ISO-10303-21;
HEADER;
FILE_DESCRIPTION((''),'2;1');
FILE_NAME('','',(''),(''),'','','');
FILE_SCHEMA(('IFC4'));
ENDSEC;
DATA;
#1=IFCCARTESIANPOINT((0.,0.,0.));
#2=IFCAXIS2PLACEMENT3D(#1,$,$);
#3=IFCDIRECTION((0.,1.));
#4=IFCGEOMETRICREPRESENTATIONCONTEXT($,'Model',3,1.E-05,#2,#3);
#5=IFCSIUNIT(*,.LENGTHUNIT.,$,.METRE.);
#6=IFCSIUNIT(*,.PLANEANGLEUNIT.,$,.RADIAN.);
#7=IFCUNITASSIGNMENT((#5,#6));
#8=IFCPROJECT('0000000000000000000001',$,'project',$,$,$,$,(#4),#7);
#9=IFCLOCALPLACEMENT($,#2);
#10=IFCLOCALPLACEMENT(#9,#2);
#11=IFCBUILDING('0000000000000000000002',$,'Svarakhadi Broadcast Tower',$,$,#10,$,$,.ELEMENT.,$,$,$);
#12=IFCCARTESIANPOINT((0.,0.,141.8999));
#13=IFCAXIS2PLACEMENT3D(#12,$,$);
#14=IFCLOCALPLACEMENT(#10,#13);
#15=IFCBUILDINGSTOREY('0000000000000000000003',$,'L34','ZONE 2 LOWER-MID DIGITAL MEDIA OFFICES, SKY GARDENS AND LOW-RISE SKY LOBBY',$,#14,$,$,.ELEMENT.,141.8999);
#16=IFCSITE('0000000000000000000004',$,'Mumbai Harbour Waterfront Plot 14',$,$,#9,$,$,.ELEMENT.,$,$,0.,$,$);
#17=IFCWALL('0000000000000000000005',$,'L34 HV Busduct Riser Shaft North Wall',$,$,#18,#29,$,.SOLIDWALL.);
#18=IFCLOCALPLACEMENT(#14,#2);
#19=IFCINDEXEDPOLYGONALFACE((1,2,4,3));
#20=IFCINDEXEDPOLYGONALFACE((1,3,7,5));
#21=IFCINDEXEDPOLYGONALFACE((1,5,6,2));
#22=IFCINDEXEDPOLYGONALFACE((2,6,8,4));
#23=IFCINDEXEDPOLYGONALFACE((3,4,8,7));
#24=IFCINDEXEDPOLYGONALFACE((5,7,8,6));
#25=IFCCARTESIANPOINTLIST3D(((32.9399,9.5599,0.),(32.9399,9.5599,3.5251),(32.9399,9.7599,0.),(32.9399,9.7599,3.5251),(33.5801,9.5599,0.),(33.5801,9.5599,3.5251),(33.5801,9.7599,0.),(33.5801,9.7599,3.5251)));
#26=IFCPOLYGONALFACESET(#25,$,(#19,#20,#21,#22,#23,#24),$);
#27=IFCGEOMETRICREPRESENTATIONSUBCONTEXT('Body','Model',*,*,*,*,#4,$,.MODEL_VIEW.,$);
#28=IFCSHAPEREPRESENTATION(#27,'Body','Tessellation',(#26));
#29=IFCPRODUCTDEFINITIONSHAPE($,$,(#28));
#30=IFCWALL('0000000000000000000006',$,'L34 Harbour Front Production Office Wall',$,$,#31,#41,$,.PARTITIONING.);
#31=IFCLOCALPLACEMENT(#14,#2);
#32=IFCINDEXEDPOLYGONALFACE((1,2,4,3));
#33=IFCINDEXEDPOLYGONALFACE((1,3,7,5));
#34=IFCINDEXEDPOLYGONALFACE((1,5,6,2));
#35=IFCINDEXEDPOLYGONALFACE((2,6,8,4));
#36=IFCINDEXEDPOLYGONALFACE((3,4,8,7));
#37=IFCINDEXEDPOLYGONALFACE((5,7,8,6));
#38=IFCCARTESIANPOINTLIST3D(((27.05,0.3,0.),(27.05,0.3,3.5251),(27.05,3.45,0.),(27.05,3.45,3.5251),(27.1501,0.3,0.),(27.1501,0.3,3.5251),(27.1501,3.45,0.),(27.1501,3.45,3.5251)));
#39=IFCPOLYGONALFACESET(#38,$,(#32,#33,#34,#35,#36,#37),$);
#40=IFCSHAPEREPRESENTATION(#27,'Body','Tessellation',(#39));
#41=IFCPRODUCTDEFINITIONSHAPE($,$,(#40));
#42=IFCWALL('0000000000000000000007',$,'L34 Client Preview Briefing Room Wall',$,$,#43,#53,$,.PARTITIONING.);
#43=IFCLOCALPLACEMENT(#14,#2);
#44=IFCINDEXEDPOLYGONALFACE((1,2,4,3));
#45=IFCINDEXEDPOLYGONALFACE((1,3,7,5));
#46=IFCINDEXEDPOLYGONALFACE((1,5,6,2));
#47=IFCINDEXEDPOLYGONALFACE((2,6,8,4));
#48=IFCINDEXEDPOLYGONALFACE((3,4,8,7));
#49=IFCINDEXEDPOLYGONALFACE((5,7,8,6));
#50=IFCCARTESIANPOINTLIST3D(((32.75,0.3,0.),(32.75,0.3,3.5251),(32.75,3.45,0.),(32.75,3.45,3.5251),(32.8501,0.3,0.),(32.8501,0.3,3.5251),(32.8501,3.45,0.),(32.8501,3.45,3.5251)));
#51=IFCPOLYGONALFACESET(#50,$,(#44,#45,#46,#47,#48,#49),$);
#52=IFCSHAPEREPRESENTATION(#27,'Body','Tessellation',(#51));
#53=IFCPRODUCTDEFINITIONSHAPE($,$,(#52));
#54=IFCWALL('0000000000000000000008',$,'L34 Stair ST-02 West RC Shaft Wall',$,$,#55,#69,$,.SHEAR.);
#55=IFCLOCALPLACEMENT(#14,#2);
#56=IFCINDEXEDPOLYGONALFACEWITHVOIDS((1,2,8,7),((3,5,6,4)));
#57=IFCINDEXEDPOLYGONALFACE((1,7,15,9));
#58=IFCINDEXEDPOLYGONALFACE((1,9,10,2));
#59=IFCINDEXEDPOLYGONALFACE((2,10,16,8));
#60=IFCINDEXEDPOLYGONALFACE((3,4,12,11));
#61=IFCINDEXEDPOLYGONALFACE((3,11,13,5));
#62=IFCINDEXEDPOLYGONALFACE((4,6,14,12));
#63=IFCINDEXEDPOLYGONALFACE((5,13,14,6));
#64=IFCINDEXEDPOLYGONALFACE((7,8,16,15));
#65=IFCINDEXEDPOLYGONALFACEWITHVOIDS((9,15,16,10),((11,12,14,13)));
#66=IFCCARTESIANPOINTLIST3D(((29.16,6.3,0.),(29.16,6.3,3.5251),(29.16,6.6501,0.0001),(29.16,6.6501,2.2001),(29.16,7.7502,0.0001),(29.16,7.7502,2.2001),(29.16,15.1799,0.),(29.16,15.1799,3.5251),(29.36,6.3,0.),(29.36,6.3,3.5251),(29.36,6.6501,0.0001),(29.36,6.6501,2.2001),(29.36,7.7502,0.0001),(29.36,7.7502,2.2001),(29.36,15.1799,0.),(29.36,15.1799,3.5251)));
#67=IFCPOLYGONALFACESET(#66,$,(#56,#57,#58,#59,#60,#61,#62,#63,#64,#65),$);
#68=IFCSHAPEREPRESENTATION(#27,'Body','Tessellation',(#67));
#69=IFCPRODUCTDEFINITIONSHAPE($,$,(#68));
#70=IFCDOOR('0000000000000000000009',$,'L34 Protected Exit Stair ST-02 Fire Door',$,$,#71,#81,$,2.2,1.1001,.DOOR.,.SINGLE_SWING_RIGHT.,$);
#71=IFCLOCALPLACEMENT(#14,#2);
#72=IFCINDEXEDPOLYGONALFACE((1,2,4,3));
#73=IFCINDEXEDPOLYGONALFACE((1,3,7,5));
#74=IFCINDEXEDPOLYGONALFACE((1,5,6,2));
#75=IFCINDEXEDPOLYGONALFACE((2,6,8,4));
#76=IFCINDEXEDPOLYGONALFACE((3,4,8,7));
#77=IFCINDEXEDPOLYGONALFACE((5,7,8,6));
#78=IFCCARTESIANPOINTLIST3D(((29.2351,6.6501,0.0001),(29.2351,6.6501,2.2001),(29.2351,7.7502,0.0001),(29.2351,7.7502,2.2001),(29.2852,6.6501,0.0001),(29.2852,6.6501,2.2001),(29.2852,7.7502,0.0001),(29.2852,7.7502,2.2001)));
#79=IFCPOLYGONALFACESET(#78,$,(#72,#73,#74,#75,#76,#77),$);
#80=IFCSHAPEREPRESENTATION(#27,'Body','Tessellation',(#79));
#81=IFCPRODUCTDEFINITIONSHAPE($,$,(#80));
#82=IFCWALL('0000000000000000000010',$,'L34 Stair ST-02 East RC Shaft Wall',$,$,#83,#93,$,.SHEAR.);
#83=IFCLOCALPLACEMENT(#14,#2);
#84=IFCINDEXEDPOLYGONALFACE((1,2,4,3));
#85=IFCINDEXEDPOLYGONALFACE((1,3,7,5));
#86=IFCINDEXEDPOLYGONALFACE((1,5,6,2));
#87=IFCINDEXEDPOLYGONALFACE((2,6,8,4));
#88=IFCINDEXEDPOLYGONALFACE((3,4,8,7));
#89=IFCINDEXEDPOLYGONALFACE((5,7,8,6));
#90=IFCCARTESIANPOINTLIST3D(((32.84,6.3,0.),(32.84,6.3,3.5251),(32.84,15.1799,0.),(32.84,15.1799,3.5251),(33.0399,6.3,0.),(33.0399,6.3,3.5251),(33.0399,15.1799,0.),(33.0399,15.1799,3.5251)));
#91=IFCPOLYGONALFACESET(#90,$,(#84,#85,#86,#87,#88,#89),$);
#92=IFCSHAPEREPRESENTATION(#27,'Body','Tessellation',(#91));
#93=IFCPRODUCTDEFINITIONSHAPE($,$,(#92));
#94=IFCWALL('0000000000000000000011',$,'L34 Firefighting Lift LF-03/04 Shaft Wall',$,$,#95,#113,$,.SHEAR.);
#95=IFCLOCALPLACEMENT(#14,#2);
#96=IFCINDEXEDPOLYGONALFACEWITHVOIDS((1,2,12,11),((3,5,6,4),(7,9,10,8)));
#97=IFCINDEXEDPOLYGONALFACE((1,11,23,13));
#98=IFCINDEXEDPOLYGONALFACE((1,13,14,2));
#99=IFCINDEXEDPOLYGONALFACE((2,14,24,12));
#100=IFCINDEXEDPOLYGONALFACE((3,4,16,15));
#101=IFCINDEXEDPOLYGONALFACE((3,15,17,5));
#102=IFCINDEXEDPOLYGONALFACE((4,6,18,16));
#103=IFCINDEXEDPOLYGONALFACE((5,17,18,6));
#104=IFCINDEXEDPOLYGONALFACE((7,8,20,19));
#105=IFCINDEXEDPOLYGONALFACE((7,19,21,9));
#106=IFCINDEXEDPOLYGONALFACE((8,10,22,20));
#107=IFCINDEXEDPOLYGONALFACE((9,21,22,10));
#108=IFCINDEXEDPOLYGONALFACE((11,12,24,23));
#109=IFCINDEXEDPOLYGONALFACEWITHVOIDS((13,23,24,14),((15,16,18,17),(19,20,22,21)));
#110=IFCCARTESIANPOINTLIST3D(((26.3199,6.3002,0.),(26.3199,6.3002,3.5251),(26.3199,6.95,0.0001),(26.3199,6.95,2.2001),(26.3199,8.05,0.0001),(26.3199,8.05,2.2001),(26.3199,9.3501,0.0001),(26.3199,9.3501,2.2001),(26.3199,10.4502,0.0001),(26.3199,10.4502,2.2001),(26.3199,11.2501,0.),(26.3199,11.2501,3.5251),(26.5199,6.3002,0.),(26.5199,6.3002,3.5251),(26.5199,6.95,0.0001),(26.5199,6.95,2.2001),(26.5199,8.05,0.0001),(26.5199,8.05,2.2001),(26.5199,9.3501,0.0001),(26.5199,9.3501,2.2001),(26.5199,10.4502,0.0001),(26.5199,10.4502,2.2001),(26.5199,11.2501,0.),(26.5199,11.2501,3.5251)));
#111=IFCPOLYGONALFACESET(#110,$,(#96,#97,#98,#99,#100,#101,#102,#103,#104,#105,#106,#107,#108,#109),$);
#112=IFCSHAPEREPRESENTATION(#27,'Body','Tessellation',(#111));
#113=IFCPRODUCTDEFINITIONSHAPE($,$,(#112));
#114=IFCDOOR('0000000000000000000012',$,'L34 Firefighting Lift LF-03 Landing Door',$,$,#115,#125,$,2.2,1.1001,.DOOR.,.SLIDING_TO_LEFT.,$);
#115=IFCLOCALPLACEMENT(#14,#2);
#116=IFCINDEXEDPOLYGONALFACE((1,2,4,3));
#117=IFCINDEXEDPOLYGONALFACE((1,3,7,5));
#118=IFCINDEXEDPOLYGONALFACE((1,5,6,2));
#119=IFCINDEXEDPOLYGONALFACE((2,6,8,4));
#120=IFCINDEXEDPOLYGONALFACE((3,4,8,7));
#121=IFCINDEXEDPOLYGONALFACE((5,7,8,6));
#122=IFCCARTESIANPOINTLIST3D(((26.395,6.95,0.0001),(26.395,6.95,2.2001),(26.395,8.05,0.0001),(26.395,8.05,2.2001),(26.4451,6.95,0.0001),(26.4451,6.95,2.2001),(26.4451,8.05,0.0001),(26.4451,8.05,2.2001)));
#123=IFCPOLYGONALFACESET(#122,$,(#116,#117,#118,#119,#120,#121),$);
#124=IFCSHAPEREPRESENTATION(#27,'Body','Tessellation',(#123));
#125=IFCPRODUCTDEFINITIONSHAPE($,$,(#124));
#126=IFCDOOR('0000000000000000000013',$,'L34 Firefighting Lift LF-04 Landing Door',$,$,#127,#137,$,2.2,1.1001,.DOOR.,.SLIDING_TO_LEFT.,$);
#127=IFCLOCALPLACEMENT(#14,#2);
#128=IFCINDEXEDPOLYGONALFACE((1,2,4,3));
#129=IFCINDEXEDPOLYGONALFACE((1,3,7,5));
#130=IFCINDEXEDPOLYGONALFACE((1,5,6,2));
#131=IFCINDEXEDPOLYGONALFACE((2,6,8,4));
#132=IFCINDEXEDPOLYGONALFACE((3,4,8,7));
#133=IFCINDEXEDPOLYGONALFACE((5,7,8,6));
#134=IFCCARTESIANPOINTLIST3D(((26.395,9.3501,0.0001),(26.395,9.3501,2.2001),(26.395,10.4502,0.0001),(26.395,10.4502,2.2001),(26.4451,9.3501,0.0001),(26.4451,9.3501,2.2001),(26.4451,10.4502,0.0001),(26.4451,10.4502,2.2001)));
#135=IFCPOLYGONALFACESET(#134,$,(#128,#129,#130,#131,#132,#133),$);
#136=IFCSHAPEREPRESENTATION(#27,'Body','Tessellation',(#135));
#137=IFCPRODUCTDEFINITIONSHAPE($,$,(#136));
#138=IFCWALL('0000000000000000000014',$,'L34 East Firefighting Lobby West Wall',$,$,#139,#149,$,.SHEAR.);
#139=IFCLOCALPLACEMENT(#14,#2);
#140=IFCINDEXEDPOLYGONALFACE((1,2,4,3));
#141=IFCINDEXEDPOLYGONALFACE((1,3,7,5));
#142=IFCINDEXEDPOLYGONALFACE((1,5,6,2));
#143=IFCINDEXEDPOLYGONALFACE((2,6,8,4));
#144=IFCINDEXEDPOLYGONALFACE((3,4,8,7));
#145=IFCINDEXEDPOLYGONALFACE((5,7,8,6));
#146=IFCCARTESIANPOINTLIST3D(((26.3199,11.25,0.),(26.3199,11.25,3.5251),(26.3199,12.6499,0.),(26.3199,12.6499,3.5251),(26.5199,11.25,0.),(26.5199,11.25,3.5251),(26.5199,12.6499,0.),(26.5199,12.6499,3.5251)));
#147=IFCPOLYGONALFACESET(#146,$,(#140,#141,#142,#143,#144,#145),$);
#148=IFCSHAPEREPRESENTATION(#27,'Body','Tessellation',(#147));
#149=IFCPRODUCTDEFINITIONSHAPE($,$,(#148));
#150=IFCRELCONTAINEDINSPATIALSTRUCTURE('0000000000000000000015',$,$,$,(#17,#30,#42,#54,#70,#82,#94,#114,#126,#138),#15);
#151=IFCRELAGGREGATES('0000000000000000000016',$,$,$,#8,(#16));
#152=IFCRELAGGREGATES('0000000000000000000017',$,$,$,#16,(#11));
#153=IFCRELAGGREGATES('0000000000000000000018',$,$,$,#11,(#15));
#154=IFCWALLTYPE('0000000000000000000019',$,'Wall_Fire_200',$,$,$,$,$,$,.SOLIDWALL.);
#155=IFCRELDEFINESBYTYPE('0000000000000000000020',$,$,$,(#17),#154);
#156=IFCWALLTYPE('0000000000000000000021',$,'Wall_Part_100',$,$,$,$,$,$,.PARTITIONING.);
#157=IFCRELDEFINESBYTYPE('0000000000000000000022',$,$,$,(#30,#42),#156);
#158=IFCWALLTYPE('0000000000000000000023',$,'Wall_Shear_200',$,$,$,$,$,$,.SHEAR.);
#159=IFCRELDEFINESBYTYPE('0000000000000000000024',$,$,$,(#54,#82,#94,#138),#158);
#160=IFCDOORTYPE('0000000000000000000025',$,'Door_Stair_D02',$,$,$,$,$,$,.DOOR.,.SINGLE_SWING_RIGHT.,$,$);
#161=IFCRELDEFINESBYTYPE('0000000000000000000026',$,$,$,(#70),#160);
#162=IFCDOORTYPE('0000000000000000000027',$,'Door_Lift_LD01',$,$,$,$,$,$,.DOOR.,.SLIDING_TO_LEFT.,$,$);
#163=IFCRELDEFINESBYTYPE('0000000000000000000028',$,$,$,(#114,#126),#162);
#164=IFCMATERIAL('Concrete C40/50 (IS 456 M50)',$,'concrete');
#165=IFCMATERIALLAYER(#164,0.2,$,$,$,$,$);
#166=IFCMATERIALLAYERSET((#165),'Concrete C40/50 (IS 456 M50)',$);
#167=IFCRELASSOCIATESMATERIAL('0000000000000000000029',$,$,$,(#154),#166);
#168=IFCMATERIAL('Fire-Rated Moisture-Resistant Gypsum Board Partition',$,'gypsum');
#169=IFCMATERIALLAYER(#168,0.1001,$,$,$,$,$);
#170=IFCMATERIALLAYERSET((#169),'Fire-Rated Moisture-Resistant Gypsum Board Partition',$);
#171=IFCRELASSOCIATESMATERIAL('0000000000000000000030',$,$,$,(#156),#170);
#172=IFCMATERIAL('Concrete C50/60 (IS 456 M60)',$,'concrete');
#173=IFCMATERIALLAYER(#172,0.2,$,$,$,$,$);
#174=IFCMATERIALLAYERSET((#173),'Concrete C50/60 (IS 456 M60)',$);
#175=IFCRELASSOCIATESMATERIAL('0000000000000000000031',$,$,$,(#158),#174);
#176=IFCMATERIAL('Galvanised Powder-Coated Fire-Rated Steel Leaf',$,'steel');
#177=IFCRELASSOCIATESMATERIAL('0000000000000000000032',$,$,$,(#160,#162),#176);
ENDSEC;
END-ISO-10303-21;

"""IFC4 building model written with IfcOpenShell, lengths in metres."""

from ifc_helpers import new_model, si_unit, direction, frame, frame_2d, origin, place, context, subcontext, project, spatial, rectangle, extrude, material, layer, layer_set, type_object, element, fill, save


model = new_model("IFC4")

# Units and contexts
model_context = context("Model", 3, precision=1e-05, world=origin(), true_north=direction((0.0, 1.0)))
body_context = subcontext(model_context, "Body", "Model", "MODEL_VIEW")
ifc_project = project(units=[si_unit("LENGTHUNIT", "METRE"), si_unit("PLANEANGLEUNIT", "RADIAN")], contexts=[model_context])

# Site, building, storey
site_placement = place(None, origin())
site = spatial("IfcSite", under=ifc_project, at=site_placement, Name="Mumbai Harbour Waterfront Plot 14", CompositionType="ELEMENT", RefElevation=0.0)
building_placement = place(site_placement, origin())
building = spatial("IfcBuilding", under=site, at=building_placement, Name="Svarakhadi Broadcast Tower", CompositionType="ELEMENT")
storey_placement = place(building_placement, frame((0.0, 0.0, 141.8999)))
storey = spatial("IfcBuildingStorey", under=building, at=storey_placement, Name="L34", Description="ZONE 2 LOWER-MID DIGITAL MEDIA OFFICES, SKY GARDENS AND LOW-RISE SKY LOBBY", CompositionType="ELEMENT", Elevation=141.8999)

# Shared definitions
ifc_material_1 = material(Name="Concrete C50/60 (IS 456 M60)", Category="concrete")

# Walls
ifc_material_2 = material(Name="Concrete C40/50 (IS 456 M50)", Category="concrete")
ifc_layer_1 = layer(ifc_material_2, 0.2)
ifc_layer_set_1 = layer_set([ifc_layer_1], Name="Concrete C40/50 (IS 456 M50)")
wall_type_1 = type_object("IfcWallType", Name="Wall_Fire_200", PredefinedType="SOLIDWALL", material=ifc_layer_set_1)
wall_1_placement = place(storey_placement, frame((32.9399, 9.6599, 0.0), z_axis=(0.0, 0.0, 1.0), x_axis=(1.0, 0.0, 0.0)))
element("IfcWall", 1, at=wall_1_placement, inside=storey, type_object=wall_type_1, Name="L34 HV Busduct Riser Shaft North Wall", PredefinedType="SOLIDWALL", context=body_context, shape_type="SweptSolid", body=[
    extrude(rectangle(XDim=0.6401, YDim=0.2, at=frame_2d((0.3201, 0.0))), origin(), (0.0, 0.0, 1.0), 3.5251),
])
ifc_material_3 = material(Name="Fire-Rated Moisture-Resistant Gypsum Board Partition", Category="gypsum")
ifc_layer_2 = layer(ifc_material_3, 0.1001)
ifc_layer_set_2 = layer_set([ifc_layer_2], Name="Fire-Rated Moisture-Resistant Gypsum Board Partition")
wall_type_2 = type_object("IfcWallType", Name="Wall_Part_100", PredefinedType="PARTITIONING", material=ifc_layer_set_2)
for number, where, z_axis, x_axis, name in (
    (2, (27.1001, 0.3, 0.0), (0.0, 0.0, 1.0), (0.0, 1.0, 0.0), "L34 Harbour Front Production Office Wall"),
    (3, (32.8, 0.3, 0.0), (0.0, 0.0, 1.0), (0.0, 1.0, 0.0), "L34 Client Preview Briefing Room Wall"),
):
    element("IfcWall", number, at=place(storey_placement, frame(where, z_axis=z_axis, x_axis=x_axis)), inside=storey, type_object=wall_type_2, Name=name, PredefinedType="PARTITIONING", context=body_context, shape_type="SweptSolid", body=[
        extrude(rectangle(XDim=3.1499, YDim=0.1001, at=frame_2d((1.575, 0.0))), origin(), (0.0, 0.0, 1.0), 3.5251),
    ])

# Wall, opening, door
ifc_layer_3 = layer(ifc_material_1, 0.2)
ifc_layer_set_3 = layer_set([ifc_layer_3], Name="Concrete C50/60 (IS 456 M60)")
wall_type_3 = type_object("IfcWallType", Name="Wall_Shear_200", PredefinedType="SHEAR", material=ifc_layer_set_3)
wall_2_placement = place(storey_placement, frame((29.26, 6.3, 0.0), z_axis=(0.0, 0.0, 1.0), x_axis=(0.0, 1.0, 0.0)))
wall_2 = element("IfcWall", 4, at=wall_2_placement, inside=storey, type_object=wall_type_3, Name="L34 Stair ST-02 West RC Shaft Wall", PredefinedType="SHEAR", context=body_context, shape_type="SweptSolid", body=[
    extrude(rectangle(XDim=8.8799, YDim=0.2, at=frame_2d((4.4399, 0.0))), origin(), (0.0, 0.0, 1.0), 3.5251),
])
opening_1_placement = place(wall_2_placement, frame((0.3501, 0.0, 0.0)))
opening_1 = element("IfcOpeningElement", 5, at=opening_1_placement, cuts=wall_2, PredefinedType="OPENING", context=body_context, shape_type="SweptSolid", body=[
    extrude(rectangle(XDim=1.1001, YDim=2.2, at=frame_2d((0.55, 1.1001))), frame((0.0, 0.1099, 0.0), z_axis=(0.0, -1.0, 0.0), x_axis=(1.0, 0.0, 0.0)), (0.0, 0.0, 1.0), 0.22),
])
ifc_material_4 = material(Name="Galvanised Powder-Coated Fire-Rated Steel Leaf", Category="steel")
door_type_1 = type_object("IfcDoorType", Name="Door_Stair_D02", OperationType="SINGLE_SWING_RIGHT", PredefinedType="DOOR", material=ifc_material_4)
door_1_placement = place(opening_1_placement, origin())
door_1 = element("IfcDoor", 6, at=door_1_placement, inside=storey, type_object=door_type_1, Name="L34 Protected Exit Stair ST-02 Fire Door", OperationType="SINGLE_SWING_RIGHT", OverallHeight=2.2, OverallWidth=1.1001, PredefinedType="DOOR", context=body_context, shape_type="SweptSolid", body=[
    extrude(rectangle(XDim=1.1001, YDim=2.2, at=frame_2d((0.55, 1.1001))), frame((0.0, 0.0249, 0.0), z_axis=(0.0, -1.0, 0.0), x_axis=(1.0, 0.0, 0.0)), (0.0, 0.0, 1.0), 0.05),
])
fill(opening_1, door_1)

# Wall
wall_3_placement = place(storey_placement, frame((32.9399, 6.3, 0.0), z_axis=(0.0, 0.0, 1.0), x_axis=(0.0, 1.0, 0.0)))
element("IfcWall", 7, at=wall_3_placement, inside=storey, type_object=wall_type_3, Name="L34 Stair ST-02 East RC Shaft Wall", PredefinedType="SHEAR", context=body_context, shape_type="SweptSolid", body=[
    extrude(rectangle(XDim=8.8799, YDim=0.2, at=frame_2d((4.4399, 0.0))), origin(), (0.0, 0.0, 1.0), 3.5251),
])

# Wall, openings, doors
wall_4_placement = place(storey_placement, frame((26.4199, 6.3, 0.0), z_axis=(0.0, 0.0, 1.0), x_axis=(0.0, 1.0, 0.0)))
wall_4 = element("IfcWall", 8, at=wall_4_placement, inside=storey, type_object=wall_type_3, Name="L34 Firefighting Lift LF-03/04 Shaft Wall", PredefinedType="SHEAR", context=body_context, shape_type="SweptSolid", body=[
    extrude(rectangle(XDim=4.95, YDim=0.2, at=frame_2d((2.4751, 0.0))), origin(), (0.0, 0.0, 1.0), 3.5251),
])
opening_2_placement = place(wall_4_placement, frame((0.6499, 0.0, 0.0)))
opening_2 = element("IfcOpeningElement", 9, at=opening_2_placement, cuts=wall_4, PredefinedType="OPENING", context=body_context, shape_type="SweptSolid", body=[
    extrude(rectangle(XDim=1.1001, YDim=2.2, at=frame_2d((0.55, 1.1001))), frame((0.0, 0.1099, 0.0), z_axis=(0.0, -1.0, 0.0), x_axis=(1.0, 0.0, 0.0)), (0.0, 0.0, 1.0), 0.22),
])
opening_3_placement = place(wall_4_placement, frame((3.05, 0.0, 0.0)))
opening_3 = element("IfcOpeningElement", 10, at=opening_3_placement, cuts=wall_4, PredefinedType="OPENING", context=body_context, shape_type="SweptSolid", body=[
    extrude(rectangle(XDim=1.1001, YDim=2.2, at=frame_2d((0.55, 1.1001))), frame((0.0, 0.1099, 0.0), z_axis=(0.0, -1.0, 0.0), x_axis=(1.0, 0.0, 0.0)), (0.0, 0.0, 1.0), 0.22),
])
door_type_2 = type_object("IfcDoorType", Name="Door_Lift_LD01", OperationType="SLIDING_TO_LEFT", PredefinedType="DOOR", material=ifc_material_4)
door_2_placement = place(opening_2_placement, origin())
door_2 = element("IfcDoor", 11, at=door_2_placement, inside=storey, type_object=door_type_2, Name="L34 Firefighting Lift LF-03 Landing Door", OperationType="SLIDING_TO_LEFT", OverallHeight=2.2, OverallWidth=1.1001, PredefinedType="DOOR", context=body_context, shape_type="SweptSolid", body=[
    extrude(rectangle(XDim=1.1001, YDim=2.2, at=frame_2d((0.55, 1.1001))), frame((0.0, 0.0249, 0.0), z_axis=(0.0, -1.0, 0.0), x_axis=(1.0, 0.0, 0.0)), (0.0, 0.0, 1.0), 0.05),
])
fill(opening_2, door_2)
door_3_placement = place(opening_3_placement, origin())
door_3 = element("IfcDoor", 12, at=door_3_placement, inside=storey, type_object=door_type_2, Name="L34 Firefighting Lift LF-04 Landing Door", OperationType="SLIDING_TO_LEFT", OverallHeight=2.2, OverallWidth=1.1001, PredefinedType="DOOR", context=body_context, shape_type="SweptSolid", body=[
    extrude(rectangle(XDim=1.1001, YDim=2.2, at=frame_2d((0.55, 1.1001))), frame((0.0, 0.0249, 0.0), z_axis=(0.0, -1.0, 0.0), x_axis=(1.0, 0.0, 0.0)), (0.0, 0.0, 1.0), 0.05),
])
fill(opening_3, door_3)

# Wall
wall_5_placement = place(storey_placement, frame((26.4199, 11.25, 0.0), z_axis=(0.0, 0.0, 1.0), x_axis=(0.0, 1.0, 0.0)))
element("IfcWall", 13, at=wall_5_placement, inside=storey, type_object=wall_type_3, Name="L34 East Firefighting Lobby West Wall", PredefinedType="SHEAR", context=body_context, shape_type="SweptSolid", body=[
    extrude(rectangle(XDim=1.3999, YDim=0.2, at=frame_2d((0.7, 0.0))), origin(), (0.0, 0.0, 1.0), 3.5251),
])

save(model, "model.ifc")
